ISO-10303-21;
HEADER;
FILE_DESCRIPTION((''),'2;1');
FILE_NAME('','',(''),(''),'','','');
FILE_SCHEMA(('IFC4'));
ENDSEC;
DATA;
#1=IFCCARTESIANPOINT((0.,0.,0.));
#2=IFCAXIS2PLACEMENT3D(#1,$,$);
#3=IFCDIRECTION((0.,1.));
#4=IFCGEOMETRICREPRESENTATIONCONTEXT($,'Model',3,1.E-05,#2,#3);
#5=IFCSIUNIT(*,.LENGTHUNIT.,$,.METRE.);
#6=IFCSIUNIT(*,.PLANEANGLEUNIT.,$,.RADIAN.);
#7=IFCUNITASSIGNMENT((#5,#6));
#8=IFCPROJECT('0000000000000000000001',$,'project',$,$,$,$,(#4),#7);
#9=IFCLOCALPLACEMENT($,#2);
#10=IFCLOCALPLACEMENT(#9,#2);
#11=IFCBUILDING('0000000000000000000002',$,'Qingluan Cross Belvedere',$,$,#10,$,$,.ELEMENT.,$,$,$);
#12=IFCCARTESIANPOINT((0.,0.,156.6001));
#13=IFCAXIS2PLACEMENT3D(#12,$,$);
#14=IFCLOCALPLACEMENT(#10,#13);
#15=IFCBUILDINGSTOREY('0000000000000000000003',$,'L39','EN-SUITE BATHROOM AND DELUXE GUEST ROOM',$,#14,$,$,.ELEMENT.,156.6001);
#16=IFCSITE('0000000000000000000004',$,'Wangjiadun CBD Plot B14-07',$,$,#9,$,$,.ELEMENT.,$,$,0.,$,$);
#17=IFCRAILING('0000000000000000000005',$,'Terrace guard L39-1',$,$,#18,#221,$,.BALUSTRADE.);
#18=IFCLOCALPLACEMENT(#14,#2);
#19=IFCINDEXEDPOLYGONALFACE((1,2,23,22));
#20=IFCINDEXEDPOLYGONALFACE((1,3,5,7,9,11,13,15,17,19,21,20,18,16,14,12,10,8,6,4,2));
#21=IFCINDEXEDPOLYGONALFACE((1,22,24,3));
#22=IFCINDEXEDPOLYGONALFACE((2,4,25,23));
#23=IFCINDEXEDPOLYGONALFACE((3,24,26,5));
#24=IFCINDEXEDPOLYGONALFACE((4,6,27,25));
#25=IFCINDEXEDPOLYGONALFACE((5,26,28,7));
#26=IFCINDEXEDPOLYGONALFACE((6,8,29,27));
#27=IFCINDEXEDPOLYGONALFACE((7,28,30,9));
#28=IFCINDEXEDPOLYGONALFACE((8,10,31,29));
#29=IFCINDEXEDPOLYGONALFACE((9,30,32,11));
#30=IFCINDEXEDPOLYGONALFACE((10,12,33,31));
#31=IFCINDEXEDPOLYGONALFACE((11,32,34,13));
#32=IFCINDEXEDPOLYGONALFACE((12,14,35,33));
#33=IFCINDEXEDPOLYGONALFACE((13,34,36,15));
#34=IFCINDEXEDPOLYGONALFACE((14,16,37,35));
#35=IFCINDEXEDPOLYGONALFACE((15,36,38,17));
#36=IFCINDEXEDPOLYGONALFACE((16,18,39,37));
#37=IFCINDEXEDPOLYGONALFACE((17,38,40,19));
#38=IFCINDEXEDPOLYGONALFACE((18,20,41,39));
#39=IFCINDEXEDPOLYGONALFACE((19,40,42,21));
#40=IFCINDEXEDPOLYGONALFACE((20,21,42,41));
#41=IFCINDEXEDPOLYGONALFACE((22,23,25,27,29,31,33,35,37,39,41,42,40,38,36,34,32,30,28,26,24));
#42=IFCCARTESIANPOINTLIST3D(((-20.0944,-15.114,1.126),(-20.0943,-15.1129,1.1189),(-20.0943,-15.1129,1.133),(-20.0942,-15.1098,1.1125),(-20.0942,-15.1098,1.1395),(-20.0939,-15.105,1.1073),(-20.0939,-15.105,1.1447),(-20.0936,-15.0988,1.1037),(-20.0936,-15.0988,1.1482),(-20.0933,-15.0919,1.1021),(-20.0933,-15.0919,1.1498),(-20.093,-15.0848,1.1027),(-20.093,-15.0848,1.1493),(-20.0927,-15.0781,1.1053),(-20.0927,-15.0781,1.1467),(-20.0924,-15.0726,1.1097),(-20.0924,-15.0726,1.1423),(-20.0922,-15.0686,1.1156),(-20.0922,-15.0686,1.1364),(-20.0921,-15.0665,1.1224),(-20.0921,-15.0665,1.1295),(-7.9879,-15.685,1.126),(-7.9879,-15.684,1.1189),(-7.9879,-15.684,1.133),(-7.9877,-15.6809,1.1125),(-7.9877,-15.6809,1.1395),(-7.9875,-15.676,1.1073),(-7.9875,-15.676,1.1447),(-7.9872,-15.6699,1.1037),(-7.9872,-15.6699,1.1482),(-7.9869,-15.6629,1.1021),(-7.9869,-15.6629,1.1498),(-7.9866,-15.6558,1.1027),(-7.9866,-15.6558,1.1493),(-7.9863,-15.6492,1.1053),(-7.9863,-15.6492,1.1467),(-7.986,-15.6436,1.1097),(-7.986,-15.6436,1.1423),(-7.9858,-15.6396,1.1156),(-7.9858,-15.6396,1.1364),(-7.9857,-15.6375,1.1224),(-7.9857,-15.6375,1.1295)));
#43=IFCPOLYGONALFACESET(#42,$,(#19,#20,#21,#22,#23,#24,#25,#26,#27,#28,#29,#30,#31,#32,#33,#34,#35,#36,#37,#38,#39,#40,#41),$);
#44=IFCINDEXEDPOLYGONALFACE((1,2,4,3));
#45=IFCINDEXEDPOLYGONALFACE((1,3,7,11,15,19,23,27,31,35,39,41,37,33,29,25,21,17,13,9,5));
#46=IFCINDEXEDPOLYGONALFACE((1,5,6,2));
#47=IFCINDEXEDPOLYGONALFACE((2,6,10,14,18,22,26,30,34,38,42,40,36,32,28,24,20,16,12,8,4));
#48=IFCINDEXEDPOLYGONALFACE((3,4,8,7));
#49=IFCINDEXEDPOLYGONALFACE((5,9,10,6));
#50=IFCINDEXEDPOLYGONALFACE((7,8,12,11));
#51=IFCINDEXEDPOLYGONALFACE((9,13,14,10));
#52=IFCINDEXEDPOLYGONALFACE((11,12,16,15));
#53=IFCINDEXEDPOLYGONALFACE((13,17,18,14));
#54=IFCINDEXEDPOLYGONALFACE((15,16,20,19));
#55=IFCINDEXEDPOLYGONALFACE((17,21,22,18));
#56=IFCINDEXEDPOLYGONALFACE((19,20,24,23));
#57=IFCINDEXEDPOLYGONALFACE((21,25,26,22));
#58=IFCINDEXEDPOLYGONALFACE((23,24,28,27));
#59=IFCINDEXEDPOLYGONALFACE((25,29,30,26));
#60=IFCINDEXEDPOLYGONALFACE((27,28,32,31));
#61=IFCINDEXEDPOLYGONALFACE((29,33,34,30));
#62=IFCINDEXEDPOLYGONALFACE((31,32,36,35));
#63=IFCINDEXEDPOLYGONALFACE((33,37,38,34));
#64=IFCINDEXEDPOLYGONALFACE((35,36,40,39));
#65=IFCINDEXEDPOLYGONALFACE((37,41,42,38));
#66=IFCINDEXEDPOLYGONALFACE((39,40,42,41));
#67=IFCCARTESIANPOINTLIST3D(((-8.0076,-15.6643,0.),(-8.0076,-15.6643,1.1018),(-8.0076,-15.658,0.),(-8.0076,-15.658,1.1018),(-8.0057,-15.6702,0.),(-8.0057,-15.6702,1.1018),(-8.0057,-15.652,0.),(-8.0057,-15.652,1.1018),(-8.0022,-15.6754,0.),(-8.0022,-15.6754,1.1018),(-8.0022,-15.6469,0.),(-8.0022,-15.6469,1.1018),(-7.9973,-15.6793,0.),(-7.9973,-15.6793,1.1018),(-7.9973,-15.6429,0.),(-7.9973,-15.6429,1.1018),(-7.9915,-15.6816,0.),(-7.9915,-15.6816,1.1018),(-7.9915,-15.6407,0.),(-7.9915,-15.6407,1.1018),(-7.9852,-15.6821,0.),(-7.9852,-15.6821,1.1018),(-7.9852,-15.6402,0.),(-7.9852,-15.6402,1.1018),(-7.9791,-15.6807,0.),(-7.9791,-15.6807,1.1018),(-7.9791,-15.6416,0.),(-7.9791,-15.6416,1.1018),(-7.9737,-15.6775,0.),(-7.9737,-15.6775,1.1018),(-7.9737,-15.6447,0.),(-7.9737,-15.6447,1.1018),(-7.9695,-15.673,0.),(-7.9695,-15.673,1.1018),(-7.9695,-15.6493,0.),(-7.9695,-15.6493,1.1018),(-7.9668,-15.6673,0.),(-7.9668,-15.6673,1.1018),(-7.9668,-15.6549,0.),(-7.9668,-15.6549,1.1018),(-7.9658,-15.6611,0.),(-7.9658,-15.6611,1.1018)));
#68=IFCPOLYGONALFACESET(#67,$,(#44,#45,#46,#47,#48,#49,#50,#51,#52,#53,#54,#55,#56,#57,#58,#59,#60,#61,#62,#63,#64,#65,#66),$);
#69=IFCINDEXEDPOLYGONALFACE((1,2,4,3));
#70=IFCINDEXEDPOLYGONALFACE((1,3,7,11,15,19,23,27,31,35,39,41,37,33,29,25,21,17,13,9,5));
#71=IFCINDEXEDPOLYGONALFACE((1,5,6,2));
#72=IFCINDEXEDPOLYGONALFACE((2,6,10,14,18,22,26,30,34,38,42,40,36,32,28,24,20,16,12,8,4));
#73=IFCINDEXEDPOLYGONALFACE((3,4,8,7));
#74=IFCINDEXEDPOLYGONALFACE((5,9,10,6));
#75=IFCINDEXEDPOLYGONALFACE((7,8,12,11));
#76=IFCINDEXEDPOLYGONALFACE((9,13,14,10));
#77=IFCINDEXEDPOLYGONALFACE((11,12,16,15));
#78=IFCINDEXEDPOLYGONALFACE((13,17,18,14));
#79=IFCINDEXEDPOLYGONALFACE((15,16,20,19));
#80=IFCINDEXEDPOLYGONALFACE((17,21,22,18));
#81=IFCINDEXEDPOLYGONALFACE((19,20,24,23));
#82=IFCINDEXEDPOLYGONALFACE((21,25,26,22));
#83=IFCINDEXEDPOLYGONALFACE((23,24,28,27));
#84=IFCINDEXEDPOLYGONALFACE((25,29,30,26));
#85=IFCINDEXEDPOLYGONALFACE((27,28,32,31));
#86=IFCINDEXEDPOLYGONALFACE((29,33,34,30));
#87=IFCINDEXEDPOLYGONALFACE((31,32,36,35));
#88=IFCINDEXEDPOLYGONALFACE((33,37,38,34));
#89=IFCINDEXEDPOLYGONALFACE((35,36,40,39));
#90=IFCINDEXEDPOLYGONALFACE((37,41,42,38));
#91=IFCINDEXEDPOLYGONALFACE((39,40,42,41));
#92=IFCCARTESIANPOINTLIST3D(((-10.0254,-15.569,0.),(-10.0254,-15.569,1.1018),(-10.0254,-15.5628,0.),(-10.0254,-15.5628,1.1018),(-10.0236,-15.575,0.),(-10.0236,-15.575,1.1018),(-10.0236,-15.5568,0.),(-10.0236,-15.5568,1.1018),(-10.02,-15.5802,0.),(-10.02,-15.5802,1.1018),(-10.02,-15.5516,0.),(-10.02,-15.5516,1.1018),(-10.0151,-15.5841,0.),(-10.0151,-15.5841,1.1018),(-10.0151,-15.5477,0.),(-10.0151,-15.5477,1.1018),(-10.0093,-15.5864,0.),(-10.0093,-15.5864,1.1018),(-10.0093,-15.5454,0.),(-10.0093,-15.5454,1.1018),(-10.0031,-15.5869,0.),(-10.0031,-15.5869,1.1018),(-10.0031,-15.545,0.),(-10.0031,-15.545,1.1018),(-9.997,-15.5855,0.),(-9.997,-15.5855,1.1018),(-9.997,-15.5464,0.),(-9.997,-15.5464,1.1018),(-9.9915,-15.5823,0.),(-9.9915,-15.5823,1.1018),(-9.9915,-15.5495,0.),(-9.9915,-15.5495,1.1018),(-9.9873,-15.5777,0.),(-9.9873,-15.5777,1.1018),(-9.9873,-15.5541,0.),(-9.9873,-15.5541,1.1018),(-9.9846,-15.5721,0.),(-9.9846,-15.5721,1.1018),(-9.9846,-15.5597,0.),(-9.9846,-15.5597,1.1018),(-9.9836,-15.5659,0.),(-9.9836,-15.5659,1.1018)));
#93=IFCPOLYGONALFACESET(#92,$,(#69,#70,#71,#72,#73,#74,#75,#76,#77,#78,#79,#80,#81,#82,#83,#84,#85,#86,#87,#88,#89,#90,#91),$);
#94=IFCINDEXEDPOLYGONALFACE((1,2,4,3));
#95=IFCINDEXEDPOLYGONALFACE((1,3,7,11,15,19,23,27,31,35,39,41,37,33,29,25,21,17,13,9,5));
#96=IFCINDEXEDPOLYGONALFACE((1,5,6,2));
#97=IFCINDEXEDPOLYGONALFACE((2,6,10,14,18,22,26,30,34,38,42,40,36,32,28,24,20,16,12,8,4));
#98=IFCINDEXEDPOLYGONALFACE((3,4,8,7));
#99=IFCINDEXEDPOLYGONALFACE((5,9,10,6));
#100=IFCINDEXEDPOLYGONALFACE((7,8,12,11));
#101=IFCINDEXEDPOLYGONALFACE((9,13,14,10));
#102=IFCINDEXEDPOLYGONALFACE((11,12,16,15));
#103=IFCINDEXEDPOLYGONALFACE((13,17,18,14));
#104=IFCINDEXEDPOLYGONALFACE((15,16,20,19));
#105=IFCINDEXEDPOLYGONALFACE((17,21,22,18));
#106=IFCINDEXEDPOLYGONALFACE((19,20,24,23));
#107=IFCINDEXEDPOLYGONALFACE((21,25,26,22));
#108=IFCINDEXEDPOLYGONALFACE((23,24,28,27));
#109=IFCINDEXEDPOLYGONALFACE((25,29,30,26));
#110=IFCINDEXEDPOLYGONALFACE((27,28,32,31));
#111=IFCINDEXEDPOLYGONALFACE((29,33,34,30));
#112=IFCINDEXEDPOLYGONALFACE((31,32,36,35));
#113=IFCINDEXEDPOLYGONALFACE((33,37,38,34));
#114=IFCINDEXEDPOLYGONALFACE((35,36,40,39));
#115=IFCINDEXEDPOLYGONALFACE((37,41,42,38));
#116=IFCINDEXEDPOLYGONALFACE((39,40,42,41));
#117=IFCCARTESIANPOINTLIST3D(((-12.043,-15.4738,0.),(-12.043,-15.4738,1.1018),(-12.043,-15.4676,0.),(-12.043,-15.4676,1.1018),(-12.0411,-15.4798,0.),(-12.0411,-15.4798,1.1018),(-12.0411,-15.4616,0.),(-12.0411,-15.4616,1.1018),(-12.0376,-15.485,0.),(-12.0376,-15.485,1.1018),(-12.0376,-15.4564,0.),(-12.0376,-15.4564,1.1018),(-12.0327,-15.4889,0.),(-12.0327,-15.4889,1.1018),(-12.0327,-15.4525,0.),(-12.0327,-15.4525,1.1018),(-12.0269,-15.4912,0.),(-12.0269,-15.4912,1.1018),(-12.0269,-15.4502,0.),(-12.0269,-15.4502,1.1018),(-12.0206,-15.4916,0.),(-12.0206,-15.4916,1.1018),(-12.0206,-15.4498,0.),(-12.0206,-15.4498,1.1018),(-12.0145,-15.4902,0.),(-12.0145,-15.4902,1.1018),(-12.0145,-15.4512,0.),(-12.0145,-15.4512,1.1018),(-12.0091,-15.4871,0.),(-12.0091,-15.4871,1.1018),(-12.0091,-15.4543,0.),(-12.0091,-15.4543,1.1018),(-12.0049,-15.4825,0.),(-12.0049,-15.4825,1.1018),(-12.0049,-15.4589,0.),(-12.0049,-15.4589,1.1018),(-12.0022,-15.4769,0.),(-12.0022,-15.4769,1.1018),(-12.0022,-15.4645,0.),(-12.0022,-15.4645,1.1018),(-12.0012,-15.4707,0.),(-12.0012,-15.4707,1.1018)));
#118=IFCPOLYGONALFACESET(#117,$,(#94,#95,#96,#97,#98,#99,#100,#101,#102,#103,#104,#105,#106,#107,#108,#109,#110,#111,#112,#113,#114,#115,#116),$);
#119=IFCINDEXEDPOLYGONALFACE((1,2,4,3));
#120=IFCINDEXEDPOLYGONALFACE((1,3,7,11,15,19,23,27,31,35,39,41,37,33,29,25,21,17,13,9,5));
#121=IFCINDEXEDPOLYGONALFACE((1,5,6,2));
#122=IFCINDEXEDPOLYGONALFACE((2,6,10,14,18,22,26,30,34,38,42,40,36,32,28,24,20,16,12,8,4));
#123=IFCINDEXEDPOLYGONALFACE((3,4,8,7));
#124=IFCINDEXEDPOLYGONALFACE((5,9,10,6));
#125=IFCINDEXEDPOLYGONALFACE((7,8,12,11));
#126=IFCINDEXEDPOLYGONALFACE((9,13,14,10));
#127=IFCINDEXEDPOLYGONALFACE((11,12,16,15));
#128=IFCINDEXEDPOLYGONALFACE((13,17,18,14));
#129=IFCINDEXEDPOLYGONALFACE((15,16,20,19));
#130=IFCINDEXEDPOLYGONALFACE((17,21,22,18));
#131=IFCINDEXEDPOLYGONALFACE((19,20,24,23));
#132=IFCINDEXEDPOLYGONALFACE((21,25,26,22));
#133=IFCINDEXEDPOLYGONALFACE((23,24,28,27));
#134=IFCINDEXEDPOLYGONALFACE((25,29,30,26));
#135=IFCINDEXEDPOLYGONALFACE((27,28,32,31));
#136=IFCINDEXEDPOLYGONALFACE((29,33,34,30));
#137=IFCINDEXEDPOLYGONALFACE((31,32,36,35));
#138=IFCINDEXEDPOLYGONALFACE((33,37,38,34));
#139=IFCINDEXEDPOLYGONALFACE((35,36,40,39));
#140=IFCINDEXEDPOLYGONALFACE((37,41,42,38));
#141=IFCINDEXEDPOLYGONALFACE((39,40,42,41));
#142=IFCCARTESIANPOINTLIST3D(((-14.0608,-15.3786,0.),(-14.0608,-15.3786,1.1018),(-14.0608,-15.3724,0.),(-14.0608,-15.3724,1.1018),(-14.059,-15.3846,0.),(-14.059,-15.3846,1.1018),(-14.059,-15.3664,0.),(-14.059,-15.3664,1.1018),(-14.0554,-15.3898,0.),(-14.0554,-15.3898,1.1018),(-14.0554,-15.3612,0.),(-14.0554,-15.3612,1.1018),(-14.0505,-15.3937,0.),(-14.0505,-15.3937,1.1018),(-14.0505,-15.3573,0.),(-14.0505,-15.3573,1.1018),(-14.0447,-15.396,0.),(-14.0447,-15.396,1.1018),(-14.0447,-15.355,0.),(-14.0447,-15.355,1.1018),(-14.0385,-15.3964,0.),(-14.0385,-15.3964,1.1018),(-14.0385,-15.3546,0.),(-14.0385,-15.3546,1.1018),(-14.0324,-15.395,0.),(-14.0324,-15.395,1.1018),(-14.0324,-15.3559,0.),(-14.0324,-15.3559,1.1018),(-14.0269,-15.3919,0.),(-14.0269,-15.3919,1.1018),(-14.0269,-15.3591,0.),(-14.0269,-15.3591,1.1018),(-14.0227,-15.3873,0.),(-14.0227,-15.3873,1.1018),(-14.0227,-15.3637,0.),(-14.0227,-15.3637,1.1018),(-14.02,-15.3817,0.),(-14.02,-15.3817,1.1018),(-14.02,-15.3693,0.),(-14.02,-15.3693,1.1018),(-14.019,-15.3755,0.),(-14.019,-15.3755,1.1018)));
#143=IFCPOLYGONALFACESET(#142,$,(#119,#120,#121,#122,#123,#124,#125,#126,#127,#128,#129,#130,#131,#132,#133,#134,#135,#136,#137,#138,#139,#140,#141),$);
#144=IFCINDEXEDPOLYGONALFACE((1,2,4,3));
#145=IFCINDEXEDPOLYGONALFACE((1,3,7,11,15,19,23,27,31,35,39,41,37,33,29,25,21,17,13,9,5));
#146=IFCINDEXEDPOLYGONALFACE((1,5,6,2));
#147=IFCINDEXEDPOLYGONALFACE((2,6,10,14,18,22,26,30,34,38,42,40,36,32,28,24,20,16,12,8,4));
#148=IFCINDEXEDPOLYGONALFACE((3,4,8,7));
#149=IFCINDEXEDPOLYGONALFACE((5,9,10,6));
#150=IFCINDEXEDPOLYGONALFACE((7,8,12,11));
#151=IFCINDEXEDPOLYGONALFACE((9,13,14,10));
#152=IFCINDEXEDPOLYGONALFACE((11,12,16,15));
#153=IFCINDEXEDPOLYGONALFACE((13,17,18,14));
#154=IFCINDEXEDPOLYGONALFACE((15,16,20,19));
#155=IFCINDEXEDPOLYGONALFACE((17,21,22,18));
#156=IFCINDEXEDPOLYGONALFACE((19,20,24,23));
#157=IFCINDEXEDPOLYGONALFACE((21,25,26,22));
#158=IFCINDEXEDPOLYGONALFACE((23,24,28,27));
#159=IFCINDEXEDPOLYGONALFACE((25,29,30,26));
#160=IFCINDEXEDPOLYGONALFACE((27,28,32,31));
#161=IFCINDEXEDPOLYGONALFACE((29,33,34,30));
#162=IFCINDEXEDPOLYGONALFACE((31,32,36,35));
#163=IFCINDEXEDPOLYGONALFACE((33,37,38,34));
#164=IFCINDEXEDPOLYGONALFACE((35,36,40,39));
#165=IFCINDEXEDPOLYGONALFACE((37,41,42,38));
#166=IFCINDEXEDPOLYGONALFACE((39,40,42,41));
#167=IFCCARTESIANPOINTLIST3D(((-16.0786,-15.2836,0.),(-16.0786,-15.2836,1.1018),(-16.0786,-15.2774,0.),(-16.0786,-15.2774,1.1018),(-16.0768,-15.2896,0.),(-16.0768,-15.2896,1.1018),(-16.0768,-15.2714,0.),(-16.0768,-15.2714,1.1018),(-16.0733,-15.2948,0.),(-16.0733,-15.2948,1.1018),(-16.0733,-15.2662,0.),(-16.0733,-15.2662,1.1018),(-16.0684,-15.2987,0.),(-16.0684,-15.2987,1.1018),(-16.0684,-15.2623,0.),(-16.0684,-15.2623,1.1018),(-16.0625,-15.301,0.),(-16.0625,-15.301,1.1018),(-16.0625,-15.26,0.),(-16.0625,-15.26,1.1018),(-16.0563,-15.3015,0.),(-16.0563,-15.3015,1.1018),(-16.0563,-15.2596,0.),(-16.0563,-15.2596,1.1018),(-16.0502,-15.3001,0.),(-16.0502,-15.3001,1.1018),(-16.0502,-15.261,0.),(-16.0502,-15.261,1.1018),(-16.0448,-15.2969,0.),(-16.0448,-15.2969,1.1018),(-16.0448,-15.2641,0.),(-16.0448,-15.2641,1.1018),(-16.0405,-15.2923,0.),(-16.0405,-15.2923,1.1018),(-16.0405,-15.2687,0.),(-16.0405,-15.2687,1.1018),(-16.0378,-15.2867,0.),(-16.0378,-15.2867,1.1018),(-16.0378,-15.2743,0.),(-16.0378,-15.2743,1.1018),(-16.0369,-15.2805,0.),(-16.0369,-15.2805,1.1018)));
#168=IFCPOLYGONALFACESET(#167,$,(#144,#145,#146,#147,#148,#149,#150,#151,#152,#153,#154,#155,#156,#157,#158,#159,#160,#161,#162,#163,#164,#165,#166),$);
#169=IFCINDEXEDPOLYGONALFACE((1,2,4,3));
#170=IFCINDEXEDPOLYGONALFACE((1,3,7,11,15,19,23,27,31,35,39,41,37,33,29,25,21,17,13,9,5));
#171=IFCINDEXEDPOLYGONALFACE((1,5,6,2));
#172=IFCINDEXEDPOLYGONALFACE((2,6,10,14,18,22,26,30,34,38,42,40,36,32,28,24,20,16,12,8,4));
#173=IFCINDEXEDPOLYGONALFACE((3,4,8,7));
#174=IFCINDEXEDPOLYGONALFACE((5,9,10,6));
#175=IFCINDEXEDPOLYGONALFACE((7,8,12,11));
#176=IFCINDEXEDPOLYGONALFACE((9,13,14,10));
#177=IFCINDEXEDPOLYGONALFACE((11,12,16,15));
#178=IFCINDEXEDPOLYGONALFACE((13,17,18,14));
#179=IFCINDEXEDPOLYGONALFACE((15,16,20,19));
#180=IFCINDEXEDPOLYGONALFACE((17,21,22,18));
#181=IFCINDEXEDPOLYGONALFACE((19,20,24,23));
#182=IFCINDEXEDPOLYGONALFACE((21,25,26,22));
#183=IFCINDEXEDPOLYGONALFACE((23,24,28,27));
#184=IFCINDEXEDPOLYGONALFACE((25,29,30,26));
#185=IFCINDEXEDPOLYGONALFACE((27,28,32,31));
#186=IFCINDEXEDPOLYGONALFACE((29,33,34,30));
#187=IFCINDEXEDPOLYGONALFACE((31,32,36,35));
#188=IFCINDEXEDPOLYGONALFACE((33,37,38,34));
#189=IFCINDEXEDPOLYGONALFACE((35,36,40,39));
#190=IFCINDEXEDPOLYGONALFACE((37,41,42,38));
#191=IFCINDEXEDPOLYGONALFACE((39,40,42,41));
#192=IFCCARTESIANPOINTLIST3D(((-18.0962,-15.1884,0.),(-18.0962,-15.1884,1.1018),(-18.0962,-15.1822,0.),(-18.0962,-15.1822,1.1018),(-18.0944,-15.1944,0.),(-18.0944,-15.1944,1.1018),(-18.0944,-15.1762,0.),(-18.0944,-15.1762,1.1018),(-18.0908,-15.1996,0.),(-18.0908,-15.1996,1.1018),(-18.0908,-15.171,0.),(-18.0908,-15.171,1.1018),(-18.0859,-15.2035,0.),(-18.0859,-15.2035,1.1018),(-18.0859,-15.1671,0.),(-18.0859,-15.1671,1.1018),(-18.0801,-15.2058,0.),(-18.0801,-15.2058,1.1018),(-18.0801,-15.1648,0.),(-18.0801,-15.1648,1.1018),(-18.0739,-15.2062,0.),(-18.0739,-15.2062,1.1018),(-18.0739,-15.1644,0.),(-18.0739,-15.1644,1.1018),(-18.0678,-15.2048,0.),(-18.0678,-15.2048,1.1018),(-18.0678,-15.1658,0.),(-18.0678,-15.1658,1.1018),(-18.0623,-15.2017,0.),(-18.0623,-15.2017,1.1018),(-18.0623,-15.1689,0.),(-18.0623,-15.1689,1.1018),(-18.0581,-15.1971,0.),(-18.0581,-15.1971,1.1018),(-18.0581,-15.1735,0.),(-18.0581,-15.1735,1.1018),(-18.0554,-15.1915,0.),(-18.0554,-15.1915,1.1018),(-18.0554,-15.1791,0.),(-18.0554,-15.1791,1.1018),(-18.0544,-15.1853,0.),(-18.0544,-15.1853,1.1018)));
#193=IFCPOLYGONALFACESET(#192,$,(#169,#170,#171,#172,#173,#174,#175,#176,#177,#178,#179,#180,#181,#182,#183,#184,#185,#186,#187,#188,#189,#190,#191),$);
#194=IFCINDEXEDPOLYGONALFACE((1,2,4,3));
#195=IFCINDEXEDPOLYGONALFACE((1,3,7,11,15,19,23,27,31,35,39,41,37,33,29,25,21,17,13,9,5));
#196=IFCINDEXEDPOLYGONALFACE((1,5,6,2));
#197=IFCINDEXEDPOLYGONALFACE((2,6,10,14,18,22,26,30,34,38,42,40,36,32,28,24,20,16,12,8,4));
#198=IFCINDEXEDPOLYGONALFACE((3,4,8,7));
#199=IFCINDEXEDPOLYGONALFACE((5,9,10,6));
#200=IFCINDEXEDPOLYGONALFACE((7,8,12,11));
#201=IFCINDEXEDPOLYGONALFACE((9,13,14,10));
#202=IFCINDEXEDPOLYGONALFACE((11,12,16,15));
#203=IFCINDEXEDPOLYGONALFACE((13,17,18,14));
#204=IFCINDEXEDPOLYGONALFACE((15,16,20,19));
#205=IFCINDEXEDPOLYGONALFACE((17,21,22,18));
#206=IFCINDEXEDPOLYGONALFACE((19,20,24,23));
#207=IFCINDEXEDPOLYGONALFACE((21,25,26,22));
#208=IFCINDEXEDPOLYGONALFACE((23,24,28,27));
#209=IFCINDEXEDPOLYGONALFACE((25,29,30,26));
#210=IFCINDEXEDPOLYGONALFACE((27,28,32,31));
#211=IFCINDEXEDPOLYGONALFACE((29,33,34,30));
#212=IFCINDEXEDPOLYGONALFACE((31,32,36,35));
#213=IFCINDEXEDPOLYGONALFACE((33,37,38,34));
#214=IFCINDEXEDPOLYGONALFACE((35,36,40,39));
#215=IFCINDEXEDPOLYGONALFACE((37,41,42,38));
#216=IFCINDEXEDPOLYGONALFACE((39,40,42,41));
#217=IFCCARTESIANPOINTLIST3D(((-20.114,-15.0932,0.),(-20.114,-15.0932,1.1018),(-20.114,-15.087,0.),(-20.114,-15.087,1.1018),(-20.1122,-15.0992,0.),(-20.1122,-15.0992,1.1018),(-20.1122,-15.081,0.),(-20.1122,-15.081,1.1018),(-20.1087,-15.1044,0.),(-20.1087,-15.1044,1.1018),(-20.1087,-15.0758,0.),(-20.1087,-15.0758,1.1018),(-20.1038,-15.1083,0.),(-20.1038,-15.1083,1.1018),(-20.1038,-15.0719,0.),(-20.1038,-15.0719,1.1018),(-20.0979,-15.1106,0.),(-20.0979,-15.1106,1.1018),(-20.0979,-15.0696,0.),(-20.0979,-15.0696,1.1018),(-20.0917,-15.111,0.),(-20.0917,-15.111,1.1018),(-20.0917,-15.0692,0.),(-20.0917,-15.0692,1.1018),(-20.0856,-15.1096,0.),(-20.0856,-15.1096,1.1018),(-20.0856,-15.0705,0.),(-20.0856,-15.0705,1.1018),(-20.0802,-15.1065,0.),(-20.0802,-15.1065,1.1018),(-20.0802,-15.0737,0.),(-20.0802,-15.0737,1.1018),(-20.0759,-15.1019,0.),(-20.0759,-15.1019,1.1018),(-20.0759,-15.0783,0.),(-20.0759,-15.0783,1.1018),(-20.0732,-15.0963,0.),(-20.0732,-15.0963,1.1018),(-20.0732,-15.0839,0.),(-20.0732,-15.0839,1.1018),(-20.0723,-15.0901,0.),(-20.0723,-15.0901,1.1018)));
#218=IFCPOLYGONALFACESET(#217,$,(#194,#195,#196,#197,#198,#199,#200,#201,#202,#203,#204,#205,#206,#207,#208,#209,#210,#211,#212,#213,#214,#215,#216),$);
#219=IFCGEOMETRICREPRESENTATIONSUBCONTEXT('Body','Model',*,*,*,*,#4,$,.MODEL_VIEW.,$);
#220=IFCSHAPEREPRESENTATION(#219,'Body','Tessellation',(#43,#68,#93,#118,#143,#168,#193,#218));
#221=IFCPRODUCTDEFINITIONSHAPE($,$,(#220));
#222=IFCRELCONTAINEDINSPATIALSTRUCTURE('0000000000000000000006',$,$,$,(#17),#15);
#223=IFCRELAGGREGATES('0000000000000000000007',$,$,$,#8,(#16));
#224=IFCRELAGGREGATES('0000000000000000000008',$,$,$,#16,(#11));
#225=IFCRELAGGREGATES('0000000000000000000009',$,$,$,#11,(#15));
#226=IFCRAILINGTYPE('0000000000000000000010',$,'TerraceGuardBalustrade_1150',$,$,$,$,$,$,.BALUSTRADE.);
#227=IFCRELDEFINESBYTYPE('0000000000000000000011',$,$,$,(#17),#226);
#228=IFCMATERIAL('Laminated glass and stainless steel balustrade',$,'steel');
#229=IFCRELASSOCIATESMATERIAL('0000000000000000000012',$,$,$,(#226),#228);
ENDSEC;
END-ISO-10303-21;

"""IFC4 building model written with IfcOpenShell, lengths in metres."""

from ifc_helpers import new_model, si_unit, direction, frame, origin, origin_2d, place, context, subcontext, project, spatial, circle, extrude, material, type_object, element, save


model = new_model("IFC4")

# Units and contexts
model_context = context("Model", 3, precision=1e-05, world=origin(), true_north=direction((0.0, 1.0)))
body_context = subcontext(model_context, "Body", "Model", "MODEL_VIEW")
ifc_project = project(units=[si_unit("LENGTHUNIT", "METRE"), si_unit("PLANEANGLEUNIT", "RADIAN")], contexts=[model_context])

# Site, building, storey
site_placement = place(None, origin())
site = spatial("IfcSite", under=ifc_project, at=site_placement, Name="Wangjiadun CBD Plot B14-07", CompositionType="ELEMENT", RefElevation=0.0)
building_placement = place(site_placement, origin())
building = spatial("IfcBuilding", under=site, at=building_placement, Name="Qingluan Cross Belvedere", CompositionType="ELEMENT")
storey_placement = place(building_placement, frame((0.0, 0.0, 156.6001)))
storey = spatial("IfcBuildingStorey", under=building, at=storey_placement, Name="L39", Description="EN-SUITE BATHROOM AND DELUXE GUEST ROOM", CompositionType="ELEMENT", Elevation=156.6001)

# Railing
ifc_material_1 = material(Name="Laminated glass and stainless steel balustrade", Category="steel")
railing_type = type_object("IfcRailingType", Name="TerraceGuardBalustrade_1150", PredefinedType="BALUSTRADE", material=ifc_material_1)
railing_1_placement = place(storey_placement, frame((-7.9868, -15.6611, 0.0)))
element("IfcRailing", 1, at=railing_1_placement, inside=storey, type_object=railing_type, Name="Terrace guard L39-1", PredefinedType="BALUSTRADE", context=body_context, shape_type="SweptSolid", body=[
    extrude(circle(Radius=0.0239, at=origin_2d()), frame((0.0, 0.0, 1.126), z_axis=(-0.998889, 0.047116, 0.0), x_axis=(-0.047116, -0.998889, 0.0)), (0.0, 0.0, 1.0), 12.1199),
    extrude(circle(Radius=0.021, at=origin_2d()), origin(), (0.0, 0.0, 1.0), 1.1018),
    extrude(circle(Radius=0.021, at=origin_2d()), frame((-2.0178, 0.0952, 0.0)), (0.0, 0.0, 1.0), 1.1018),
    extrude(circle(Radius=0.021, at=origin_2d()), frame((-4.0354, 0.1904, 0.0)), (0.0, 0.0, 1.0), 1.1018),
    extrude(circle(Radius=0.021, at=origin_2d()), frame((-6.0532, 0.2856, 0.0)), (0.0, 0.0, 1.0), 1.1018),
    extrude(circle(Radius=0.021, at=origin_2d()), frame((-8.071, 0.3806, 0.0)), (0.0, 0.0, 1.0), 1.1018),
    extrude(circle(Radius=0.021, at=origin_2d()), frame((-10.0886, 0.4758, 0.0)), (0.0, 0.0, 1.0), 1.1018),
    extrude(circle(Radius=0.021, at=origin_2d()), frame((-12.1064, 0.571, 0.0)), (0.0, 0.0, 1.0), 1.1018),
])

save(model, "model.ifc")
